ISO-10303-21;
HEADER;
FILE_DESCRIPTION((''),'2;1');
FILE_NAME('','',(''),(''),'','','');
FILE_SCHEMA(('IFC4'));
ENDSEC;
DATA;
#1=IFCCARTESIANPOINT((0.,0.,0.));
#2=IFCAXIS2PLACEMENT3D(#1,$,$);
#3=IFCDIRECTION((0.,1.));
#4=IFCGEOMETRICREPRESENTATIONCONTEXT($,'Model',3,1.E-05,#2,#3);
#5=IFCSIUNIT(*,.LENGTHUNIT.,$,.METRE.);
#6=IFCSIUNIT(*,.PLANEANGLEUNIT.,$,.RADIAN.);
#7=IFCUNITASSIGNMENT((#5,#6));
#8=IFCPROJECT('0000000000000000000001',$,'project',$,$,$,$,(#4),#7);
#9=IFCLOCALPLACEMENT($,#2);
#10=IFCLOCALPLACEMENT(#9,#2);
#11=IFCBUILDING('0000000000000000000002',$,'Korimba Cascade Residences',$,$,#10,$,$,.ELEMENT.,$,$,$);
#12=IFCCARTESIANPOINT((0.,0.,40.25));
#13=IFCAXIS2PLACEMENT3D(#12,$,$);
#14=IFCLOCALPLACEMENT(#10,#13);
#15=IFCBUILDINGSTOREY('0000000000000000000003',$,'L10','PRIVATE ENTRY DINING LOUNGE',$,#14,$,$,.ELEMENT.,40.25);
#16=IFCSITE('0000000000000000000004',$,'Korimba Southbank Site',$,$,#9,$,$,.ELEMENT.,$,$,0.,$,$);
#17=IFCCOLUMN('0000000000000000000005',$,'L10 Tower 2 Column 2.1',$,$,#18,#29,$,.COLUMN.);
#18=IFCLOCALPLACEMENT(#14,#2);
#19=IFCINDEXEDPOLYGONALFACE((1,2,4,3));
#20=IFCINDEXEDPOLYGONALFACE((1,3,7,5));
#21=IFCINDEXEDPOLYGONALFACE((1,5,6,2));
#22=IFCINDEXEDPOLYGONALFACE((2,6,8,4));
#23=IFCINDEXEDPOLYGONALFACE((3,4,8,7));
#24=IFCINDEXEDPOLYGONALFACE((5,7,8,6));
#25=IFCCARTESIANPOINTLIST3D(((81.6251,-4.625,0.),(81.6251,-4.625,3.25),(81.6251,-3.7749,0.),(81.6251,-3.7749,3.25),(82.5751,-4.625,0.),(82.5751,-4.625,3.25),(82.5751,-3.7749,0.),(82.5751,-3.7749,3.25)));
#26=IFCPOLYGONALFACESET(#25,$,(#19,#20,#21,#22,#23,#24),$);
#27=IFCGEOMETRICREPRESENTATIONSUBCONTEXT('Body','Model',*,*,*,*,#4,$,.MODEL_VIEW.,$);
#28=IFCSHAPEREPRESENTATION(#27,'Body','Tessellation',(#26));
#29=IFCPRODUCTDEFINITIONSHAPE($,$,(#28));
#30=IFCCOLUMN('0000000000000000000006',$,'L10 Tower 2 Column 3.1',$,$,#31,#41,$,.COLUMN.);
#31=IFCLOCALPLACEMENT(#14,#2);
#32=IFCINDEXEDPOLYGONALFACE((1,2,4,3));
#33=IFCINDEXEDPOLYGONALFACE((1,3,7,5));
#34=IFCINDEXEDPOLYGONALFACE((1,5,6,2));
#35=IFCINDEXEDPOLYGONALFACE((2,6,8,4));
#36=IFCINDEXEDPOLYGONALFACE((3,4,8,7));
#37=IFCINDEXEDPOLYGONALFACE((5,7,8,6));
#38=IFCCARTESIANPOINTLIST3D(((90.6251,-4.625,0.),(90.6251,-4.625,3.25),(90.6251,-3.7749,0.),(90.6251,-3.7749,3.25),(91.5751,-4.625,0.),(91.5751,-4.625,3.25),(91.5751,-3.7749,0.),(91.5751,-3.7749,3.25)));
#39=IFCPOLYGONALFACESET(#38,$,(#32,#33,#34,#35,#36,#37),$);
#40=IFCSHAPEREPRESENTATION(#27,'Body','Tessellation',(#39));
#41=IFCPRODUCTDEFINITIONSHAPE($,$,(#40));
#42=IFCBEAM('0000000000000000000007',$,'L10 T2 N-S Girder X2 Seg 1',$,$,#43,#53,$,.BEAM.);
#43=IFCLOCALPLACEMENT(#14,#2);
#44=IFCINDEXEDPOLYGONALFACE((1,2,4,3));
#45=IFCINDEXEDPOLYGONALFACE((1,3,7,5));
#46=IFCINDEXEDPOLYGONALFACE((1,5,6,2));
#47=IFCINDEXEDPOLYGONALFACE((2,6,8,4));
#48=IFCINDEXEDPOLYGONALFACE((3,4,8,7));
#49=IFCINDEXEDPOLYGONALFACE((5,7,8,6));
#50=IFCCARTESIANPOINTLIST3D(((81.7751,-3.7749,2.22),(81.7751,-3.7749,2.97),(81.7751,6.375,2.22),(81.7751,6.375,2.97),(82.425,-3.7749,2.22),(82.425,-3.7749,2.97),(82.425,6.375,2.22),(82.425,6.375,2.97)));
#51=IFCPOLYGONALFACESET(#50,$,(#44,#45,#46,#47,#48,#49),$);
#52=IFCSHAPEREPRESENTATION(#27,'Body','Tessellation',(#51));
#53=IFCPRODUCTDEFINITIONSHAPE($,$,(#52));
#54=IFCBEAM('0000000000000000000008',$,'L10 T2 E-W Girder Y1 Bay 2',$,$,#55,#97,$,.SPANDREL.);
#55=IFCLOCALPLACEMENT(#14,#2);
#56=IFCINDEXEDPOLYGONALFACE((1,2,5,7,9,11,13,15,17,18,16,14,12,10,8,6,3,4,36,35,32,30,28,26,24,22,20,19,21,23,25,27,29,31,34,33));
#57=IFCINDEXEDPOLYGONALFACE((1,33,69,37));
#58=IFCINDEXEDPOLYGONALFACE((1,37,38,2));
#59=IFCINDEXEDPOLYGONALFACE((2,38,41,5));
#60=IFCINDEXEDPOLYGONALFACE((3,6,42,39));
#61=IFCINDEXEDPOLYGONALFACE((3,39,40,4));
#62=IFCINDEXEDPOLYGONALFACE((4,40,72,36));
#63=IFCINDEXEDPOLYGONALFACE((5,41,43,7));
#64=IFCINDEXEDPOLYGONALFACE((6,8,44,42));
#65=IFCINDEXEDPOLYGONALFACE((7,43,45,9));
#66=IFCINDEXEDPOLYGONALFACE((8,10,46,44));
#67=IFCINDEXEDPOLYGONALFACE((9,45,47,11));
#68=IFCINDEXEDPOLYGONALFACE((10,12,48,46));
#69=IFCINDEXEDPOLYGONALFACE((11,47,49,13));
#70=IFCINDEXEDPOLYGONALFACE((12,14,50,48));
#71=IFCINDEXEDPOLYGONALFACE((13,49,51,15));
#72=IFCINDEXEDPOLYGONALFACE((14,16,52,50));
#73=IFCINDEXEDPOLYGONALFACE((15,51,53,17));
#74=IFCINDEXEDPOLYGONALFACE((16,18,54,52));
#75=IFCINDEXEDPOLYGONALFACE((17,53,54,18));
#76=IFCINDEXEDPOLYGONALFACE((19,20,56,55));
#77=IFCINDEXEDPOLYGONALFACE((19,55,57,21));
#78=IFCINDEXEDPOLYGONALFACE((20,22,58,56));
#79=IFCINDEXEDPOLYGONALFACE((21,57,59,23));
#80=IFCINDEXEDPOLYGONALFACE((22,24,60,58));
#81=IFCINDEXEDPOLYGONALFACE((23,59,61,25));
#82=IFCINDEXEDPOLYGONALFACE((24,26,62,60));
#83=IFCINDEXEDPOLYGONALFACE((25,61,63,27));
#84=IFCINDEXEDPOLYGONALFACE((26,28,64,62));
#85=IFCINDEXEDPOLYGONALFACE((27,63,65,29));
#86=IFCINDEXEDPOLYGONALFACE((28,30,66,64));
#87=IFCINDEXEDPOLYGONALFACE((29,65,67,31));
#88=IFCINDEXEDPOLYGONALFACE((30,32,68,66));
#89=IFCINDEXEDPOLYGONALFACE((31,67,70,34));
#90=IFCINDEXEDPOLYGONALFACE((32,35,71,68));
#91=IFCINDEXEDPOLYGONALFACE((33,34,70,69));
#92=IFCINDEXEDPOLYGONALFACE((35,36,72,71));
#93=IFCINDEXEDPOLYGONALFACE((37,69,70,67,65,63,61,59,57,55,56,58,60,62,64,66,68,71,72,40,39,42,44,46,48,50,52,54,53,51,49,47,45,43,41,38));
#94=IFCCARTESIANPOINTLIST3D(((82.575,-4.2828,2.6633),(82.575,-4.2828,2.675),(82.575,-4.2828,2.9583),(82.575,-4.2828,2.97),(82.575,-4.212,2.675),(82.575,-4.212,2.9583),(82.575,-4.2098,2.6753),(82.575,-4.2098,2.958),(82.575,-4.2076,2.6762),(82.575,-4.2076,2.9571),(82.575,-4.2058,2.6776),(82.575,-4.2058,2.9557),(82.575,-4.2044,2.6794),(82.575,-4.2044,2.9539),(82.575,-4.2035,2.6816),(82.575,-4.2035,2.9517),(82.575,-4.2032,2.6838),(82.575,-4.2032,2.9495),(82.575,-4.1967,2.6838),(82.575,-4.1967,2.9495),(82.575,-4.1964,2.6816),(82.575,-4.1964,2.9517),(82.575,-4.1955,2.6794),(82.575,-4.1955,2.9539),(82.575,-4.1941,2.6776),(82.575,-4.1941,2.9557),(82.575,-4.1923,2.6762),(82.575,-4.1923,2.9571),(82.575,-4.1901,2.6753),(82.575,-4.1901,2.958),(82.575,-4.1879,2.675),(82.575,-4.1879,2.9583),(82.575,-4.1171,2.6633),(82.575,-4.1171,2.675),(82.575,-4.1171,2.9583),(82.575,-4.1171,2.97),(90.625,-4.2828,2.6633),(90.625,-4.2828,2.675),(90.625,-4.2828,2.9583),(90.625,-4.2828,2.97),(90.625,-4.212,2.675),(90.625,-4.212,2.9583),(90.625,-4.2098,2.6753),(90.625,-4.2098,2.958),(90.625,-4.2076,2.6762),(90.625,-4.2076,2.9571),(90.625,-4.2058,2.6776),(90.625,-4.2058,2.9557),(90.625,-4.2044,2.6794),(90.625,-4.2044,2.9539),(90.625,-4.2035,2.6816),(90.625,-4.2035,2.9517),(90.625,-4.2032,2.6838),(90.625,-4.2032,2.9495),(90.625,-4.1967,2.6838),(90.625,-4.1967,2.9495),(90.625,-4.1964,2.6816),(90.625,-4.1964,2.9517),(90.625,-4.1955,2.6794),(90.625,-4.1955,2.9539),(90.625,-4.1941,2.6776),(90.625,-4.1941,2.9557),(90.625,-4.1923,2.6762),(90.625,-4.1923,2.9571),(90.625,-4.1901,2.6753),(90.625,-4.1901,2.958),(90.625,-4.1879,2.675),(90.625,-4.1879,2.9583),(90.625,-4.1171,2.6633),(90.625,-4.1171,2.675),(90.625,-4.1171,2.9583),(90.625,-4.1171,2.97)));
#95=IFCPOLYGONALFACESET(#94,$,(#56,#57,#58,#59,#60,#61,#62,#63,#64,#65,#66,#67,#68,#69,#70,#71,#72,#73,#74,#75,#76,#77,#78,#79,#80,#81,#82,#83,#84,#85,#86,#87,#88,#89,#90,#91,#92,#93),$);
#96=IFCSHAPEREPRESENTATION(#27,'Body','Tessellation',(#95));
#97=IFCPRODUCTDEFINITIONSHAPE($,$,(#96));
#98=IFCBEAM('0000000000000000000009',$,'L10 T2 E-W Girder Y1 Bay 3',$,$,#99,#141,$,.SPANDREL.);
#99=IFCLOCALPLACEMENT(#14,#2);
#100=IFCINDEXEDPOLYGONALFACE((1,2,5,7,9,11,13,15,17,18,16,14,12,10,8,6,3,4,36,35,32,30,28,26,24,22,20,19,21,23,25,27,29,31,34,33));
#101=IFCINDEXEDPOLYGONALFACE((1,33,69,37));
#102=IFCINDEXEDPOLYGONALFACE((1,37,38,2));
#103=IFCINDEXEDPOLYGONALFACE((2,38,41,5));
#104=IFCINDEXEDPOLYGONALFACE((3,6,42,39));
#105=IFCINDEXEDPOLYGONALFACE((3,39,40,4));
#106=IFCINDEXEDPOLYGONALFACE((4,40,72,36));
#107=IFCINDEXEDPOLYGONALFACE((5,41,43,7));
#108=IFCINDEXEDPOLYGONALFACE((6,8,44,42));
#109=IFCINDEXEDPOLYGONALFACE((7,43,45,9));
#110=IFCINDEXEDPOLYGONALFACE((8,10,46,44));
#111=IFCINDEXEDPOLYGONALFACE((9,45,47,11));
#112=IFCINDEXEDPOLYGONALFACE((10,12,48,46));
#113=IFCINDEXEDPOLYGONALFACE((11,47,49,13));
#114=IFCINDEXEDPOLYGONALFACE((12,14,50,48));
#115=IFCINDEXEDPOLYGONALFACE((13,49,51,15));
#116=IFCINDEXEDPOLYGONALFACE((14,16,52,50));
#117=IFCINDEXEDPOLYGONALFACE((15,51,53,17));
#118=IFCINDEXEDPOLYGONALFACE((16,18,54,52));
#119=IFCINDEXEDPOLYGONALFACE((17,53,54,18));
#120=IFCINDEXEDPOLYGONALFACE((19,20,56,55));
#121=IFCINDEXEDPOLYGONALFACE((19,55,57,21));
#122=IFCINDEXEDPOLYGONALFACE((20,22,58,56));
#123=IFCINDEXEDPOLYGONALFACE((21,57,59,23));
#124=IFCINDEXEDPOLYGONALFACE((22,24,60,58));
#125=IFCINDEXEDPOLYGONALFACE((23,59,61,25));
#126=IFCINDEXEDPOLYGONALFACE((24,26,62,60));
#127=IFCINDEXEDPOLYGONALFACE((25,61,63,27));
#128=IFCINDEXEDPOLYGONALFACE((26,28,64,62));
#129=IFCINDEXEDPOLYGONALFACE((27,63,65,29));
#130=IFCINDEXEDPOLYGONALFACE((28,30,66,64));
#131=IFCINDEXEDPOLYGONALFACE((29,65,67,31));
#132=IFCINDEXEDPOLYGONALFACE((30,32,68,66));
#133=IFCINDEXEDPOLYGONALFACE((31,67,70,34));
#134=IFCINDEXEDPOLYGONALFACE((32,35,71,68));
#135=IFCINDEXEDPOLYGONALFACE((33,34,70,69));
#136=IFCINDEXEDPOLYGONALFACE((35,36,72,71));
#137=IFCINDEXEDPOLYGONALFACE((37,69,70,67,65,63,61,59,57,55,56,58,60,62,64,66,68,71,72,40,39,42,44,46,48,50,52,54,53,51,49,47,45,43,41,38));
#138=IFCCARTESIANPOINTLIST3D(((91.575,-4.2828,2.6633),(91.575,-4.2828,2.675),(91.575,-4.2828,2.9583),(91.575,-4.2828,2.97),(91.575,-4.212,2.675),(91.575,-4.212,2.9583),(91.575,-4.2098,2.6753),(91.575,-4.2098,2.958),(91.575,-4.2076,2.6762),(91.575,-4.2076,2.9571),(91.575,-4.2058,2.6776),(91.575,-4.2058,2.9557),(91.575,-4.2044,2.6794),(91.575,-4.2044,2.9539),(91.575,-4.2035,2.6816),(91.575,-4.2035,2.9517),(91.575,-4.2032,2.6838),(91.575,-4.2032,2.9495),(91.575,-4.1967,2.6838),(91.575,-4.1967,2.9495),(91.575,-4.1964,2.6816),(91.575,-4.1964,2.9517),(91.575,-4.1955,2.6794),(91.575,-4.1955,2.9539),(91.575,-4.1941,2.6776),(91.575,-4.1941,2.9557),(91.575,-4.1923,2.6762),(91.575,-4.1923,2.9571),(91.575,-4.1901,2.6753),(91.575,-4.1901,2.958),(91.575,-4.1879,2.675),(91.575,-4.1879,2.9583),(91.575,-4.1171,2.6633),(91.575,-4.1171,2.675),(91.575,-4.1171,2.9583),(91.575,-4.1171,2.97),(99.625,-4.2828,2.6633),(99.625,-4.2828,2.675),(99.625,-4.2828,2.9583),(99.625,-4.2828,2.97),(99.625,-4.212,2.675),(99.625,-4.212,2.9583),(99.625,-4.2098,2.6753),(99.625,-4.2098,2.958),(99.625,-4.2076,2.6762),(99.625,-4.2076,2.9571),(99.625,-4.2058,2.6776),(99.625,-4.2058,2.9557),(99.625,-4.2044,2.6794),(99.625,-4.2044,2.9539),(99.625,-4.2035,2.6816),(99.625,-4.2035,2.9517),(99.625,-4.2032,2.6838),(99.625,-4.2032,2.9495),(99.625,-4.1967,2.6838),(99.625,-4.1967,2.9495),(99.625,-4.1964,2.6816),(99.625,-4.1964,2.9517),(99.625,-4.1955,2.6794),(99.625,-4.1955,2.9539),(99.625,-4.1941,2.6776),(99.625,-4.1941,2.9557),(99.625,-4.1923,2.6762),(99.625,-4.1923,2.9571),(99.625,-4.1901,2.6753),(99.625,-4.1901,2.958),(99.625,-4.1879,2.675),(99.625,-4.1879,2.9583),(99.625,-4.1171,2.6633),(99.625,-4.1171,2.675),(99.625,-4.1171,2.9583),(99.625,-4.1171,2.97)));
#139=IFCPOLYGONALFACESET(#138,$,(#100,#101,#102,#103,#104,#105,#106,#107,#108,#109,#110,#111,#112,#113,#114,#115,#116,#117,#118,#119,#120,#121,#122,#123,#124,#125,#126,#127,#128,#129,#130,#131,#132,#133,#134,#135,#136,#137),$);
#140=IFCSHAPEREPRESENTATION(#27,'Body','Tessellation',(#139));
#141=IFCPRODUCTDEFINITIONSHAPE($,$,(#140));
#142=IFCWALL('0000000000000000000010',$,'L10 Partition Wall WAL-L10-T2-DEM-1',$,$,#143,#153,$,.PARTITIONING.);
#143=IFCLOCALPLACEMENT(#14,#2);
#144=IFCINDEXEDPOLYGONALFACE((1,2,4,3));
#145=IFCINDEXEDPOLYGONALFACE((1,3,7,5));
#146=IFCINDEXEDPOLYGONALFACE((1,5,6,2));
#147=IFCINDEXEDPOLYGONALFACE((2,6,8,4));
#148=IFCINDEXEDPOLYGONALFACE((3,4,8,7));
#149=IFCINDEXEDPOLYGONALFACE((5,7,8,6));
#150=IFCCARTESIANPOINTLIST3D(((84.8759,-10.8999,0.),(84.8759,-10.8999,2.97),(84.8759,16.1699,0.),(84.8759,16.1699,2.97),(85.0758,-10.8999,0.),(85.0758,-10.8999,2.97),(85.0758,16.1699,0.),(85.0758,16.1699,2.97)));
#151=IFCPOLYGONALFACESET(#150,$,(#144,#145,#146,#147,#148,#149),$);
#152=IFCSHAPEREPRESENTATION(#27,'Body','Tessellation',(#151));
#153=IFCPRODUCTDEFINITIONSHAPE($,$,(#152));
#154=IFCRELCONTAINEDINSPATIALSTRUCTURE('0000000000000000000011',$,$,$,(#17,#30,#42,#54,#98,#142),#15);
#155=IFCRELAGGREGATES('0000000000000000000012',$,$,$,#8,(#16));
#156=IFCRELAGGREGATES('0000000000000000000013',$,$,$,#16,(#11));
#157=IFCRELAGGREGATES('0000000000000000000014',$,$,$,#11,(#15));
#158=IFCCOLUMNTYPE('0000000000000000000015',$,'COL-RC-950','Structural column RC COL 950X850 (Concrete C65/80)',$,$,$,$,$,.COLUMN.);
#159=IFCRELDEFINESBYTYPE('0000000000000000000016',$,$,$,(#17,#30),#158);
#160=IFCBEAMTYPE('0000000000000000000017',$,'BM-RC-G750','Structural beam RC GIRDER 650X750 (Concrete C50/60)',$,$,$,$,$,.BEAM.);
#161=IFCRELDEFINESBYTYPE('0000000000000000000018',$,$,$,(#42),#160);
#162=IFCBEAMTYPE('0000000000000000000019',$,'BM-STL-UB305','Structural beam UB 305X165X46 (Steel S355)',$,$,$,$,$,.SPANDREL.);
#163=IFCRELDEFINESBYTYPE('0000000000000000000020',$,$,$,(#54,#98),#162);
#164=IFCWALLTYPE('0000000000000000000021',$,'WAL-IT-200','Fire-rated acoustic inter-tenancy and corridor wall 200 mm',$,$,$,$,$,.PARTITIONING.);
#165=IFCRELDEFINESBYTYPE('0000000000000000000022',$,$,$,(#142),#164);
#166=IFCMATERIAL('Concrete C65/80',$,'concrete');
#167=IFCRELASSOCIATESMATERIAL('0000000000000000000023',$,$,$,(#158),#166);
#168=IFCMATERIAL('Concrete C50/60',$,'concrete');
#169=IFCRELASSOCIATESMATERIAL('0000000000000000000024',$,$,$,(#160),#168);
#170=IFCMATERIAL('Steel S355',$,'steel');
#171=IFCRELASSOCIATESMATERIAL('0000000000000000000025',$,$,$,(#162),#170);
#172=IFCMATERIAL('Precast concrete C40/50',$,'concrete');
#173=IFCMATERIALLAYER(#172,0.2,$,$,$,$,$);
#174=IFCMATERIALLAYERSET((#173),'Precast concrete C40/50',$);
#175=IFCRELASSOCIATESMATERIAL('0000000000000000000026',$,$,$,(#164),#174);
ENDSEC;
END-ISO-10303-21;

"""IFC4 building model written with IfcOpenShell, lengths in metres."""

from ifc_helpers import new_model, si_unit, direction, frame, frame_2d, origin, origin_2d, place, context, subcontext, project, spatial, rectangle, i_section, extrude, material, layer, layer_set, material_profile, profile_set, type_object, element, save


model = new_model("IFC4")

# Units and contexts
model_context = context("Model", 3, precision=1e-05, world=origin(), true_north=direction((0.0, 1.0)))
body_context = subcontext(model_context, "Body", "Model", "MODEL_VIEW")
ifc_project = project(units=[si_unit("LENGTHUNIT", "METRE"), si_unit("PLANEANGLEUNIT", "RADIAN")], contexts=[model_context])

# Site, building, storey
site_placement = place(None, origin())
site = spatial("IfcSite", under=ifc_project, at=site_placement, Name="Korimba Southbank Site", CompositionType="ELEMENT", RefElevation=0.0)
building_placement = place(site_placement, origin())
building = spatial("IfcBuilding", under=site, at=building_placement, Name="Korimba Cascade Residences", CompositionType="ELEMENT")
storey_placement = place(building_placement, frame((0.0, 0.0, 40.25)))
storey = spatial("IfcBuildingStorey", under=building, at=storey_placement, Name="L10", Description="PRIVATE ENTRY DINING LOUNGE", CompositionType="ELEMENT", Elevation=40.25)

# Columns
ifc_material_1 = material(Name="Concrete C65/80", Category="concrete")
ifc_material_profile_1 = material_profile(ifc_material_1, rectangle(XDim=0.95, YDim=0.8501, at=origin_2d()), Name="Concrete C65/80")
ifc_profile_set_1 = profile_set([ifc_material_profile_1], Name="Concrete C65/80")
column_type = type_object("IfcColumnType", Name="COL-RC-950", Description="Structural column RC COL 950X850 (Concrete C65/80)", PredefinedType="COLUMN", material=ifc_profile_set_1)
for number, where, z_axis, x_axis, name in (
    (1, (82.1001, -4.2, 0.0), (0.0, 0.0, 1.0), (1.0, 0.0, 0.0), "L10 Tower 2 Column 2.1"),
    (2, (91.1001, -4.2, 0.0), (0.0, 0.0, 1.0), (1.0, 0.0, 0.0), "L10 Tower 2 Column 3.1"),
):
    element("IfcColumn", number, at=place(storey_placement, frame(where, z_axis=z_axis, x_axis=x_axis)), inside=storey, type_object=column_type, Name=name, PredefinedType="COLUMN", context=body_context, shape_type="SweptSolid", body=[
        extrude(rectangle(XDim=0.95, YDim=0.8501, at=origin_2d()), origin(), (0.0, 0.0, 1.0), 3.25),
    ])

# Beams
ifc_material_2 = material(Name="Concrete C50/60", Category="concrete")
ifc_material_profile_2 = material_profile(ifc_material_2, rectangle(XDim=0.6499, YDim=0.75, at=origin_2d()), Name="Concrete C50/60")
ifc_profile_set_2 = profile_set([ifc_material_profile_2], Name="Concrete C50/60")
beam_type_1 = type_object("IfcBeamType", Name="BM-RC-G750", Description="Structural beam RC GIRDER 650X750 (Concrete C50/60)", PredefinedType="BEAM", material=ifc_profile_set_2)
beam_placement = place(storey_placement, frame((82.1001, -3.7749, 2.595), z_axis=(0.0, 1.0, 0.0), x_axis=(-1.0, 0.0, 0.0)))
element("IfcBeam", 3, at=beam_placement, inside=storey, type_object=beam_type_1, Name="L10 T2 N-S Girder X2 Seg 1", PredefinedType="BEAM", context=body_context, shape_type="SweptSolid", body=[
    extrude(rectangle(XDim=0.6499, YDim=0.75, at=origin_2d()), origin(), (0.0, 0.0, 1.0), 10.1499),
])
ifc_material_3 = material(Name="Steel S355", Category="steel")
ifc_material_profile_3 = material_profile(ifc_material_3, i_section(OverallWidth=0.1658, OverallDepth=0.3066, WebThickness=0.0066, FlangeThickness=0.0117, FilletRadius=0.0088, at=origin_2d()), Name="Steel S355")
ifc_profile_set_3 = profile_set([ifc_material_profile_3], Name="Steel S355")
beam_type_2 = type_object("IfcBeamType", Name="BM-STL-UB305", Description="Structural beam UB 305X165X46 (Steel S355)", PredefinedType="SPANDREL", material=ifc_profile_set_3)
for number, where, z_axis, x_axis, name in (
    (4, (82.575, -4.2, 2.8167), (1.0, 0.0, 0.0), (0.0, 1.0, 0.0), "L10 T2 E-W Girder Y1 Bay 2"),
    (5, (91.575, -4.2, 2.8167), (1.0, 0.0, 0.0), (0.0, 1.0, 0.0), "L10 T2 E-W Girder Y1 Bay 3"),
):
    element("IfcBeam", number, at=place(storey_placement, frame(where, z_axis=z_axis, x_axis=x_axis)), inside=storey, type_object=beam_type_2, Name=name, PredefinedType="SPANDREL", context=body_context, shape_type="SweptSolid", body=[
        extrude(i_section(OverallWidth=0.1658, OverallDepth=0.3066, WebThickness=0.0066, FlangeThickness=0.0117, FilletRadius=0.0088, at=origin_2d()), origin(), (0.0, 0.0, 1.0), 8.05),
    ])

# Wall
ifc_material_4 = material(Name="Precast concrete C40/50", Category="concrete")
ifc_layer_1 = layer(ifc_material_4, 0.2)
ifc_layer_set_1 = layer_set([ifc_layer_1], Name="Precast concrete C40/50")
wall_type_1 = type_object("IfcWallType", Name="WAL-IT-200", Description="Fire-rated acoustic inter-tenancy and corridor wall 200 mm", PredefinedType="PARTITIONING", material=ifc_layer_set_1)
wall_1_placement = place(storey_placement, frame((84.9758, -10.8999, 0.0), z_axis=(0.0, 0.0, 1.0), x_axis=(0.0, 1.0, 0.0)))
element("IfcWall", 6, at=wall_1_placement, inside=storey, type_object=wall_type_1, Name="L10 Partition Wall WAL-L10-T2-DEM-1", PredefinedType="PARTITIONING", context=body_context, shape_type="SweptSolid", body=[
    extrude(rectangle(XDim=27.0698, YDim=0.2, at=frame_2d((13.5349, 0.0))), origin(), (0.0, 0.0, 1.0), 2.97),
])

save(model, "model.ifc")
